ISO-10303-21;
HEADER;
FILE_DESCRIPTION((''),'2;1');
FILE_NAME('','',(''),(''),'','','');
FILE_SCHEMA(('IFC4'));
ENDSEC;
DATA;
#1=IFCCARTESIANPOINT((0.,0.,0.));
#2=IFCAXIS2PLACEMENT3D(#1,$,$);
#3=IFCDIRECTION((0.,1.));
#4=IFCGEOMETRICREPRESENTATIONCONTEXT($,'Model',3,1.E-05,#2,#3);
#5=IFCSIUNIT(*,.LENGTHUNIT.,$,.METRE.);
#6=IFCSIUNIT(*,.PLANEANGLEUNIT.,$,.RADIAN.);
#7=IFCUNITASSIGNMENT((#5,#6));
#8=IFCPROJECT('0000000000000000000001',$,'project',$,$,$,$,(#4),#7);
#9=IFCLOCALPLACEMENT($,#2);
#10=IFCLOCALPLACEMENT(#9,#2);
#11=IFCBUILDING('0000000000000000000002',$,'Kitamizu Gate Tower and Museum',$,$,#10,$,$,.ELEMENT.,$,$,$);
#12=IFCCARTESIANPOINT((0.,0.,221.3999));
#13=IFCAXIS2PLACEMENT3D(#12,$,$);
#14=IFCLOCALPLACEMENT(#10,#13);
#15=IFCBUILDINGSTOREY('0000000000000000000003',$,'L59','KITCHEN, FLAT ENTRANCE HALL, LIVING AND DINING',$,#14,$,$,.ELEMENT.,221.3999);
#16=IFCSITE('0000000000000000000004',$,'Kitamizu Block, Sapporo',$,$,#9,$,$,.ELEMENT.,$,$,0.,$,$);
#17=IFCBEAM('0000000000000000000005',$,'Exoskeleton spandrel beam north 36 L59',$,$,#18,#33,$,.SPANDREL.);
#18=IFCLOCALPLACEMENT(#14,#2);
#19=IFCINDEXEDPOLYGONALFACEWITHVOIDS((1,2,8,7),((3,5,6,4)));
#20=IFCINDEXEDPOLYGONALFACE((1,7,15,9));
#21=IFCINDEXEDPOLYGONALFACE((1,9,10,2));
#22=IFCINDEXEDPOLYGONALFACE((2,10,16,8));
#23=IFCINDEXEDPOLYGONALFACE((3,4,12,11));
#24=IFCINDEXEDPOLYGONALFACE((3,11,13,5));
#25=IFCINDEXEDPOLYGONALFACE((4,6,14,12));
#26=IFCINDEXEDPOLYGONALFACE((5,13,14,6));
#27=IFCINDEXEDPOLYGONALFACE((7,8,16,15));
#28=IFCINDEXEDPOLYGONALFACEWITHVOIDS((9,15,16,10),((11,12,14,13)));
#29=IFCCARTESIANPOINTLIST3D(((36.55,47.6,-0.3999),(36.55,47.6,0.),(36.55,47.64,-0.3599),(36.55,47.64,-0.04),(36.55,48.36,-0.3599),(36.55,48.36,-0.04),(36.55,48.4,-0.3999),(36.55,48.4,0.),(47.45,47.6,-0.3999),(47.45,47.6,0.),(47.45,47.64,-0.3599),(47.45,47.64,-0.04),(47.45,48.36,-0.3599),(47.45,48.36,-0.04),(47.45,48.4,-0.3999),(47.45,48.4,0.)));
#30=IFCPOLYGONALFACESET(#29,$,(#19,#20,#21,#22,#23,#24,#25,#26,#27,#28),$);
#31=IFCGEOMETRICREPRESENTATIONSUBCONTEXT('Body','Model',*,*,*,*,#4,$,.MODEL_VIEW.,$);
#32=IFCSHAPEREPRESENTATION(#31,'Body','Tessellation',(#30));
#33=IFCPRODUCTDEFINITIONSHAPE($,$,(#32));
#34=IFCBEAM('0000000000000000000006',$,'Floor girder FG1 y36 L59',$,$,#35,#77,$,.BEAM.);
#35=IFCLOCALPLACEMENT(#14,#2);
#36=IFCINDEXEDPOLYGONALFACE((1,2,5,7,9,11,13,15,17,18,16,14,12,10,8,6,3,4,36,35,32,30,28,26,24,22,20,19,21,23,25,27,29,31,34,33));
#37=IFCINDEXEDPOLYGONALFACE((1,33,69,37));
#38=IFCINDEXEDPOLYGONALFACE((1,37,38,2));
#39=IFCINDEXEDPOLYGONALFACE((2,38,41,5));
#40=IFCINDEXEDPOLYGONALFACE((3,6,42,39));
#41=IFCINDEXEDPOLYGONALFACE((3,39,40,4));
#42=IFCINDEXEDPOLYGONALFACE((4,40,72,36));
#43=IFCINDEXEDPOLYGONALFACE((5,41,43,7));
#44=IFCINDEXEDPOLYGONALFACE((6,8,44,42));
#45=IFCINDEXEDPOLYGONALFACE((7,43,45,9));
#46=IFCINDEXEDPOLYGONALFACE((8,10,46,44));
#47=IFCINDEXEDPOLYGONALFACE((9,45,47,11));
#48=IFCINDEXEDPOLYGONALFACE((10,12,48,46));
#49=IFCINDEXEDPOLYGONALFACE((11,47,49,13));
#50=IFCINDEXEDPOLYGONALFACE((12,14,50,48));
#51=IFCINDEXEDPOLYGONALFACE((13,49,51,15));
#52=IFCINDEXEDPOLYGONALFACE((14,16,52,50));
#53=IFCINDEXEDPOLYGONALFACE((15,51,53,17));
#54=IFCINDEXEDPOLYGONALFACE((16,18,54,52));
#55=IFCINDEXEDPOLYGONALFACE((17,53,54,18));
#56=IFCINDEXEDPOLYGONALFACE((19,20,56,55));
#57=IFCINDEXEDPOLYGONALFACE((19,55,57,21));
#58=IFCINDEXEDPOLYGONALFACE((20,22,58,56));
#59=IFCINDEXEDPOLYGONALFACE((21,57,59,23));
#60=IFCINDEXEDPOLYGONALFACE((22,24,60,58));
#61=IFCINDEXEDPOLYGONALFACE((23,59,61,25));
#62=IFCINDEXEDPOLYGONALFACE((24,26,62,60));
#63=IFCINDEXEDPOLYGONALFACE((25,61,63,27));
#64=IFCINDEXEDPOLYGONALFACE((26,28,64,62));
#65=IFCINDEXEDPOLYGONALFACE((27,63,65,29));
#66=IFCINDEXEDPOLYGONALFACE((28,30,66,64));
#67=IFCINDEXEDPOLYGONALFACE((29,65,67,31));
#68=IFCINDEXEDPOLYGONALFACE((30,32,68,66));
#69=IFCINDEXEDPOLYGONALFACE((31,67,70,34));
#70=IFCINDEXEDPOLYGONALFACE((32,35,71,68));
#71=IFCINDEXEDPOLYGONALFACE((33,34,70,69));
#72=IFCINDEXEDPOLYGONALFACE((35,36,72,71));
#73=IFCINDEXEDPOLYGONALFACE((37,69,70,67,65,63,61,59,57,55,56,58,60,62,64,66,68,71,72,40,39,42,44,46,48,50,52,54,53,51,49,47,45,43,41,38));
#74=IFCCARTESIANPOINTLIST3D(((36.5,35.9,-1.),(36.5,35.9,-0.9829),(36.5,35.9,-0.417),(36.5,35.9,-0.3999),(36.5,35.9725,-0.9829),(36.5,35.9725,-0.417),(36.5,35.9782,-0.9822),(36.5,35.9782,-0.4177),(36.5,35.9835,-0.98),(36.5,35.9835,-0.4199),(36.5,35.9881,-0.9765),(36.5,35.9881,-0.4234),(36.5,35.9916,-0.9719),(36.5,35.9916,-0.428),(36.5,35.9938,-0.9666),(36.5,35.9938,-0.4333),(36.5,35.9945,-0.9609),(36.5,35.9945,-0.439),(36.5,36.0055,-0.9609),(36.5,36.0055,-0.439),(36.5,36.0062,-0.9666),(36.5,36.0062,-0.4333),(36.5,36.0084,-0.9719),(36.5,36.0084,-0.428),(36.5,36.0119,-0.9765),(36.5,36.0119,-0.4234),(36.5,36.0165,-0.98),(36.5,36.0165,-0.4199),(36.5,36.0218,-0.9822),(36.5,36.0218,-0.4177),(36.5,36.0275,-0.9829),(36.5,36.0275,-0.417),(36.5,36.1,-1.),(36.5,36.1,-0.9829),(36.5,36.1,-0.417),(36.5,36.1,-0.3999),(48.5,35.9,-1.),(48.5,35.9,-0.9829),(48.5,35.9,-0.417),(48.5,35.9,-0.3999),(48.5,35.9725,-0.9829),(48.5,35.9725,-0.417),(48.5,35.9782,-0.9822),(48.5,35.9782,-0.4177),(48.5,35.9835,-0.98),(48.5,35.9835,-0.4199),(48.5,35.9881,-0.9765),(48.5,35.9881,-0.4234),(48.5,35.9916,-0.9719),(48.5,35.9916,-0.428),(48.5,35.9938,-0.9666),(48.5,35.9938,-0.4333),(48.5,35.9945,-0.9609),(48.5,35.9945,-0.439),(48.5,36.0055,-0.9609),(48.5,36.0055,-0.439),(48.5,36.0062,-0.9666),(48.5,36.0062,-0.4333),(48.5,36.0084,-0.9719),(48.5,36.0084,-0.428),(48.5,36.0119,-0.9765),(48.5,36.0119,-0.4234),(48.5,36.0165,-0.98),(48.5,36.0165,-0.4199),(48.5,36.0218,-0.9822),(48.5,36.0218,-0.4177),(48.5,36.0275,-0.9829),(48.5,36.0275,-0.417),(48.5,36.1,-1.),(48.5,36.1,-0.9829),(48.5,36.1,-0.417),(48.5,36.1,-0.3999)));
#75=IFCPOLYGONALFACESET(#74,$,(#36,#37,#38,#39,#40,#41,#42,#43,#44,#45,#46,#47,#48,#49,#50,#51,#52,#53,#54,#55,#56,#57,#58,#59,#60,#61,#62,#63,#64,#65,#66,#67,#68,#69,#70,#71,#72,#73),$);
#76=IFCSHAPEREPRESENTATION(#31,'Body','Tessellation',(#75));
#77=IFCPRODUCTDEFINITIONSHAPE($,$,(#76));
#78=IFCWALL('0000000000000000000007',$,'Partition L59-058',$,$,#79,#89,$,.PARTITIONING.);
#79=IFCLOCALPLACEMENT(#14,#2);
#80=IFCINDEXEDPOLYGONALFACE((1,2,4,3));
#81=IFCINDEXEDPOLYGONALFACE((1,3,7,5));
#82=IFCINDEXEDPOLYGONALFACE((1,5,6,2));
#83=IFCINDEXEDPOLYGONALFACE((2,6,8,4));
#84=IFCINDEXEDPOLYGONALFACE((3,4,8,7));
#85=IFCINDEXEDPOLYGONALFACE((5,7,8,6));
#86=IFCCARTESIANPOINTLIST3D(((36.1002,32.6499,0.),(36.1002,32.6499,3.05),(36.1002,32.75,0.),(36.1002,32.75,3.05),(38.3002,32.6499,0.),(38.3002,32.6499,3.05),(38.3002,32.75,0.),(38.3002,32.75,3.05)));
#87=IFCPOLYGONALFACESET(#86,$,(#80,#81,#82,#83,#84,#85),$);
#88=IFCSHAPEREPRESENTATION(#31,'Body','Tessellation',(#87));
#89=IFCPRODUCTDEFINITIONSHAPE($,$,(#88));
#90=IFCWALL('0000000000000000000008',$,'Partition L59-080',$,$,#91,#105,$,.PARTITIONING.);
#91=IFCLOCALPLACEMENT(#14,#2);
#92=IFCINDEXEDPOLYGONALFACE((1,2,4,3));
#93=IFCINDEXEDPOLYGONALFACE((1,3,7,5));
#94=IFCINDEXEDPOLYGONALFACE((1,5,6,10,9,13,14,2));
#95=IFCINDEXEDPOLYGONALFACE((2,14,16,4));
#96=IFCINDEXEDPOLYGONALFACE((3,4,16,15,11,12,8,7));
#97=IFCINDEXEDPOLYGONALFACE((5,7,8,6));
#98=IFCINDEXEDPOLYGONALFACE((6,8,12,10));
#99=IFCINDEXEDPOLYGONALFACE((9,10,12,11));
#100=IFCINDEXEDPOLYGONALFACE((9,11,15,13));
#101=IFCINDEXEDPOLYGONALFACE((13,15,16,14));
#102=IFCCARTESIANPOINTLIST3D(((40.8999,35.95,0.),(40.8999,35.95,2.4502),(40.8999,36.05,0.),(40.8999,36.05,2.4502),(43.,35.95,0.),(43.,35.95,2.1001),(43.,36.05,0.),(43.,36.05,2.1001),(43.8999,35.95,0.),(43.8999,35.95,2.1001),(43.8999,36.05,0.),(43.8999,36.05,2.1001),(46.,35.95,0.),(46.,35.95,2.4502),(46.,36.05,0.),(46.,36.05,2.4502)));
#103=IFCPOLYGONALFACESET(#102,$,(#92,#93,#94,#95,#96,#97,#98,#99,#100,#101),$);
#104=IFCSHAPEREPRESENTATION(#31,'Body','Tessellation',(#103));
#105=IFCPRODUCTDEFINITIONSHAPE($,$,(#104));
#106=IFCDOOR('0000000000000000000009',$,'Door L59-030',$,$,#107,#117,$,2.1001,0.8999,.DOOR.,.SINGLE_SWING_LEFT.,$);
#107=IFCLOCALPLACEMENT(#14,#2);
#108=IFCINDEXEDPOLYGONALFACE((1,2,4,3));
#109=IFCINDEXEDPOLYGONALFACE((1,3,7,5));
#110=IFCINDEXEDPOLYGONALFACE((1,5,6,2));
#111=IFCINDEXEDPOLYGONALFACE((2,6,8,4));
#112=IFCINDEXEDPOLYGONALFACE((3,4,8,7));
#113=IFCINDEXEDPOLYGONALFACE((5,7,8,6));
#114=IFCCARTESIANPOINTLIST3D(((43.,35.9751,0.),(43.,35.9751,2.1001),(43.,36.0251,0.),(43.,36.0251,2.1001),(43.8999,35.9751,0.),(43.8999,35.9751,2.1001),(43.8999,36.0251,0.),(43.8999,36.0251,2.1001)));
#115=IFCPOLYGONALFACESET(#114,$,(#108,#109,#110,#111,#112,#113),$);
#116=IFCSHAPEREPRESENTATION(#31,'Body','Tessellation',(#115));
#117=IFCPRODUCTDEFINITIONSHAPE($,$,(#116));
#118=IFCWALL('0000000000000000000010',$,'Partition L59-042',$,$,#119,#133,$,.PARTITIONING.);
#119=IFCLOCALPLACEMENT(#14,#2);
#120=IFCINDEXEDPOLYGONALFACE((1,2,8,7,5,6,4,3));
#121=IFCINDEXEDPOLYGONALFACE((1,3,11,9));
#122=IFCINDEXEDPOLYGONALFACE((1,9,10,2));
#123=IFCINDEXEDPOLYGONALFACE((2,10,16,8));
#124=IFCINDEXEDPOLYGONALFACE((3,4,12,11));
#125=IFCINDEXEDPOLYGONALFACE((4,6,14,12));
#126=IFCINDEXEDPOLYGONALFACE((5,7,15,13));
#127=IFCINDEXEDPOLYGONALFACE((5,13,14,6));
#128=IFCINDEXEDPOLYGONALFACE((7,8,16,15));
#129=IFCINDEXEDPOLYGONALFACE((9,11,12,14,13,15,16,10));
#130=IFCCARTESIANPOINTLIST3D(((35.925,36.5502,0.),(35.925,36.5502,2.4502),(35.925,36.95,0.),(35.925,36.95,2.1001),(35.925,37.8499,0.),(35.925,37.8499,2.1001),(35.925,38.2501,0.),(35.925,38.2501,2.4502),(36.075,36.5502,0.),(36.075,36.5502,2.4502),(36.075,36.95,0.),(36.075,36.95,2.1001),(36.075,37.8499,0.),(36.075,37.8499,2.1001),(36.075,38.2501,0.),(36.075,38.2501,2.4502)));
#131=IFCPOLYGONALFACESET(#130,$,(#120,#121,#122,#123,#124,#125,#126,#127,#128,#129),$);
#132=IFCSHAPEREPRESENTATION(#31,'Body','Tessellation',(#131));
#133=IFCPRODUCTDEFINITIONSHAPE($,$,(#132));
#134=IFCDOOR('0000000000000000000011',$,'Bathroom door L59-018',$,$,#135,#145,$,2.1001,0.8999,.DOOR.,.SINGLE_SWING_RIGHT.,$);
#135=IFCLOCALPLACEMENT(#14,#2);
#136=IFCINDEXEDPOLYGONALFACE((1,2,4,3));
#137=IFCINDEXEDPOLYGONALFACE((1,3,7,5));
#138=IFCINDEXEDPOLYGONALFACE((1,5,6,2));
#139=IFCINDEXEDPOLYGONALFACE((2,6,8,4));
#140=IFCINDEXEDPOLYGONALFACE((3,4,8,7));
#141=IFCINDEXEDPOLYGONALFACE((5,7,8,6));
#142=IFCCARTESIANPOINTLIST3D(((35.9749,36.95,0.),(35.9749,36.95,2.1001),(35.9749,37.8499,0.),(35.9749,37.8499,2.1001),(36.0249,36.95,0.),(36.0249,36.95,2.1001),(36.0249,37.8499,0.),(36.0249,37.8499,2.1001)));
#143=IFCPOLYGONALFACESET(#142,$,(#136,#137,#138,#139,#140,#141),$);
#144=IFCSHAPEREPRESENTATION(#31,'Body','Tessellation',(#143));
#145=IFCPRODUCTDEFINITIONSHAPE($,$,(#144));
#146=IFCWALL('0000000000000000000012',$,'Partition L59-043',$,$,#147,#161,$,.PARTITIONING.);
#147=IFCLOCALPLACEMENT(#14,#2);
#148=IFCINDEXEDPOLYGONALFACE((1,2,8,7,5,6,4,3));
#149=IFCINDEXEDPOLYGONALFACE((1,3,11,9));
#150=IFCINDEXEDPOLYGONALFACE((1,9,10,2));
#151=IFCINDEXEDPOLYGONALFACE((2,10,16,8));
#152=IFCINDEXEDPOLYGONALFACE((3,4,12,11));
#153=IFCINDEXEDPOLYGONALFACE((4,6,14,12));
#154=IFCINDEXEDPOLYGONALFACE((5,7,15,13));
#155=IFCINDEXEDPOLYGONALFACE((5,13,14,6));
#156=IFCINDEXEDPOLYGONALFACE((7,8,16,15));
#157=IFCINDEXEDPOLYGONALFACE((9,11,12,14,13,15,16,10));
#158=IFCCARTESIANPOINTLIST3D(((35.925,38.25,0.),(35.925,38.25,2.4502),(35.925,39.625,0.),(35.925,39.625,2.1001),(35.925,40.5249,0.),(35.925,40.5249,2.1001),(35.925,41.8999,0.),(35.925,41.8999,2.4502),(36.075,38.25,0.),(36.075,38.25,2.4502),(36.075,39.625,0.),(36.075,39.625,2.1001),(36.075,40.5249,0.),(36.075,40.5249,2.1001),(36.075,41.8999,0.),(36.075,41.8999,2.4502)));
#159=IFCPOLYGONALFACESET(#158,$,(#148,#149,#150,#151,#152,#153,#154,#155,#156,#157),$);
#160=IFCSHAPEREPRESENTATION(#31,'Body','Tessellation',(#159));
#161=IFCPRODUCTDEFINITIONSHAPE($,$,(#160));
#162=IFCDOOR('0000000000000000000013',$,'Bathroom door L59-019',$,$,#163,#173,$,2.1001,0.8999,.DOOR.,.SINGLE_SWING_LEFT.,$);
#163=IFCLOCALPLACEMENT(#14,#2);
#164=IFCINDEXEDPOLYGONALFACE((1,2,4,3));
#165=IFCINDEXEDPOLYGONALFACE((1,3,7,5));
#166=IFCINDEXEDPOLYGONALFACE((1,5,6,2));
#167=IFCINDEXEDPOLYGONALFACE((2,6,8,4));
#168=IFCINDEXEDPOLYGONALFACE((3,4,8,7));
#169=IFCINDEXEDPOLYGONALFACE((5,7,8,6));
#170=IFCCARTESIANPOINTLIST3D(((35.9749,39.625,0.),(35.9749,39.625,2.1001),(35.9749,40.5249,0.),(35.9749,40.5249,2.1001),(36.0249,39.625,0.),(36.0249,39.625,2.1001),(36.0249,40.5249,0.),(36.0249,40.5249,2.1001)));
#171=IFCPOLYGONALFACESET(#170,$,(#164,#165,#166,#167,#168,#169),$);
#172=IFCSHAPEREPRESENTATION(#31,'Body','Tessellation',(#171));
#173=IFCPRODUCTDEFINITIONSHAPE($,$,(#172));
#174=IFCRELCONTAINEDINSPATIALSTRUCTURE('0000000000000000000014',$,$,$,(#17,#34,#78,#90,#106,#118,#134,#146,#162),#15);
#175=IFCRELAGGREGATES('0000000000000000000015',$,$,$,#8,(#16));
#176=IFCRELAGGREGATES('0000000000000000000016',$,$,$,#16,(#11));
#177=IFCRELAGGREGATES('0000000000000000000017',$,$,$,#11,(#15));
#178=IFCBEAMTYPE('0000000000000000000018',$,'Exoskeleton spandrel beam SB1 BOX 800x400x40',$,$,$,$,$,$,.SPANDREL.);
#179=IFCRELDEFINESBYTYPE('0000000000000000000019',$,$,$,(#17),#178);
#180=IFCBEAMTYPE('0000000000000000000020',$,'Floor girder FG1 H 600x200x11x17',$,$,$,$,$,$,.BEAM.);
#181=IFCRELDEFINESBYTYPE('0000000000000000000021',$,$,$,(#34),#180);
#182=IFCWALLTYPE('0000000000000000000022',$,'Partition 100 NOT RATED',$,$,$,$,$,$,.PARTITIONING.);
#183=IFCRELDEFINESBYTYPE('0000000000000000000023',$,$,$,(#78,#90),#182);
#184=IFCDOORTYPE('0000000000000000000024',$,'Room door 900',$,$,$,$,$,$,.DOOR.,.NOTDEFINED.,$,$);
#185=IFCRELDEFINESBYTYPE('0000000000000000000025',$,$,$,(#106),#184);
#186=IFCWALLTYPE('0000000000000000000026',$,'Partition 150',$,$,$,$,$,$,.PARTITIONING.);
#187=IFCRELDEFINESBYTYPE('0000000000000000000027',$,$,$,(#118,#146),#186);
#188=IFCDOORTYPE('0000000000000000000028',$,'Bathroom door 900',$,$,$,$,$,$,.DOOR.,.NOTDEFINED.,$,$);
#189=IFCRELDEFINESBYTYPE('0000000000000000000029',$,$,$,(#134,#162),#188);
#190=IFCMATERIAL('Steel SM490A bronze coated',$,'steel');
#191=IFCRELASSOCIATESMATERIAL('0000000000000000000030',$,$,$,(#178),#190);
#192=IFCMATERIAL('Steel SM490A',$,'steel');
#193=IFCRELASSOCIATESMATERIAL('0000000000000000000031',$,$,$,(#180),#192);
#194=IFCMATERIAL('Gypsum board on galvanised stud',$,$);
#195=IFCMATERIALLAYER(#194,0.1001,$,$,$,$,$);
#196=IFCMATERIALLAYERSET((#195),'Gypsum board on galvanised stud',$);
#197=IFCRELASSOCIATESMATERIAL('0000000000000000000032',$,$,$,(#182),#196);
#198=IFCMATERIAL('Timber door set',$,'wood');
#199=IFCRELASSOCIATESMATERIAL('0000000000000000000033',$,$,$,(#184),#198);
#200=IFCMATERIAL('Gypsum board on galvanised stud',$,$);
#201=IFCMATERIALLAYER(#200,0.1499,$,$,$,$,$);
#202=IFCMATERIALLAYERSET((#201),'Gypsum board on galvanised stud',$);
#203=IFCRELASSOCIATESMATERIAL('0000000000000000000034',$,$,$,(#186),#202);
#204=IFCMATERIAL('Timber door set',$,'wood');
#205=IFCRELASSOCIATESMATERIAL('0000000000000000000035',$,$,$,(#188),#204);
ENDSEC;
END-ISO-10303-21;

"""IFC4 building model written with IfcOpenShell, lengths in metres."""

from ifc_helpers import new_model, si_unit, direction, frame, frame_2d, origin, origin_2d, place, context, subcontext, project, spatial, rectangle, hollow_rectangle, i_section, extrude, material, layer, layer_set, material_profile, profile_set, type_object, element, fill, save


model = new_model("IFC4")

# Units and contexts
model_context = context("Model", 3, precision=1e-05, world=origin(), true_north=direction((0.0, 1.0)))
body_context = subcontext(model_context, "Body", "Model", "MODEL_VIEW")
ifc_project = project(units=[si_unit("LENGTHUNIT", "METRE"), si_unit("PLANEANGLEUNIT", "RADIAN")], contexts=[model_context])

# Site, building, storey
site_placement = place(None, origin())
site = spatial("IfcSite", under=ifc_project, at=site_placement, Name="Kitamizu Block, Sapporo", CompositionType="ELEMENT", RefElevation=0.0)
building_placement = place(site_placement, origin())
building = spatial("IfcBuilding", under=site, at=building_placement, Name="Kitamizu Gate Tower and Museum", CompositionType="ELEMENT")
storey_placement = place(building_placement, frame((0.0, 0.0, 221.3999)))
storey = spatial("IfcBuildingStorey", under=building, at=storey_placement, Name="L59", Description="KITCHEN, FLAT ENTRANCE HALL, LIVING AND DINING", CompositionType="ELEMENT", Elevation=221.3999)

# Beams
ifc_material_1 = material(Name="Steel SM490A bronze coated", Category="steel")
ifc_material_profile_1 = material_profile(ifc_material_1, hollow_rectangle(XDim=0.8, YDim=0.3999, WallThickness=0.04, at=origin_2d()), Name="BOX 800x400x40")
ifc_profile_set_1 = profile_set([ifc_material_profile_1], Name="Steel SM490A bronze coated")
beam_type_1 = type_object("IfcBeamType", Name="Exoskeleton spandrel beam SB1 BOX 800x400x40", PredefinedType="SPANDREL", material=ifc_profile_set_1)
beam_1_placement = place(storey_placement, frame((36.55, 48.0, -0.2), z_axis=(1.0, 0.0, 0.0), x_axis=(0.0, 1.0, 0.0)))
element("IfcBeam", 1, at=beam_1_placement, inside=storey, type_object=beam_type_1, Name="Exoskeleton spandrel beam north 36 L59", PredefinedType="SPANDREL", context=body_context, shape_type="SweptSolid", body=[
    extrude(hollow_rectangle(XDim=0.8, YDim=0.3999, WallThickness=0.04, at=origin_2d()), origin(), (0.0, 0.0, 1.0), 10.8999),
])
ifc_material_2 = material(Name="Steel SM490A", Category="steel")
ifc_material_profile_2 = material_profile(ifc_material_2, i_section(OverallWidth=0.2, OverallDepth=0.6001, WebThickness=0.011, FlangeThickness=0.0171, FilletRadius=0.022, at=origin_2d()), Name="H-600x200x11x17")
ifc_profile_set_2 = profile_set([ifc_material_profile_2], Name="Steel SM490A")
beam_type_2 = type_object("IfcBeamType", Name="Floor girder FG1 H 600x200x11x17", PredefinedType="BEAM", material=ifc_profile_set_2)
beam_2_placement = place(storey_placement, frame((36.5, 36.0, -0.7), z_axis=(1.0, 0.0, 0.0), x_axis=(0.0, 1.0, 0.0)))
element("IfcBeam", 2, at=beam_2_placement, inside=storey, type_object=beam_type_2, Name="Floor girder FG1 y36 L59", PredefinedType="BEAM", context=body_context, shape_type="SweptSolid", body=[
    extrude(i_section(OverallWidth=0.2, OverallDepth=0.6001, WebThickness=0.011, FlangeThickness=0.0171, FilletRadius=0.022, at=origin_2d()), origin(), (0.0, 0.0, 1.0), 12.0),
])

# Wall
ifc_material_3 = material(Name="Gypsum board on galvanised stud")
ifc_layer_1 = layer(ifc_material_3, 0.1001)
ifc_layer_set_1 = layer_set([ifc_layer_1], Name="Gypsum board on galvanised stud")
wall_type_1 = type_object("IfcWallType", Name="Partition 100 NOT RATED", PredefinedType="PARTITIONING", material=ifc_layer_set_1)
wall_1_placement = place(storey_placement, frame((36.1001, 32.7, 0.0), z_axis=(0.0, 0.0, 1.0), x_axis=(1.0, 0.0, 0.0)))
element("IfcWall", 3, at=wall_1_placement, inside=storey, type_object=wall_type_1, Name="Partition L59-058", PredefinedType="PARTITIONING", context=body_context, shape_type="SweptSolid", body=[
    extrude(rectangle(XDim=2.2, YDim=0.1001, at=frame_2d((1.1001, 0.0))), origin(), (0.0, 0.0, 1.0), 3.05),
])

# Walls, openings, doors
wall_2_placement = place(storey_placement, frame((40.8999, 36.0, 0.0), z_axis=(0.0, 0.0, 1.0), x_axis=(1.0, 0.0, 0.0)))
wall_2 = element("IfcWall", 4, at=wall_2_placement, inside=storey, type_object=wall_type_1, Name="Partition L59-080", PredefinedType="PARTITIONING", context=body_context, shape_type="SweptSolid", body=[
    extrude(rectangle(XDim=5.1001, YDim=0.1001, at=frame_2d((2.55, 0.0))), origin(), (0.0, 0.0, 1.0), 2.4502),
])
opening_1_placement = place(wall_2_placement, frame((2.1001, 0.0, 0.0)))
opening_1 = element("IfcOpeningElement", 5, at=opening_1_placement, cuts=wall_2, PredefinedType="OPENING", context=body_context, shape_type="SweptSolid", body=[
    extrude(rectangle(XDim=0.8999, YDim=2.1001, at=frame_2d((0.45, 1.05))), frame((0.0, 0.0601, 0.0), z_axis=(0.0, -1.0, 0.0), x_axis=(1.0, 0.0, 0.0)), (0.0, 0.0, 1.0), 0.1201),
])
ifc_material_4 = material(Name="Timber door set", Category="wood")
door_type_1 = type_object("IfcDoorType", Name="Room door 900", OperationType="NOTDEFINED", PredefinedType="DOOR", material=ifc_material_4)
door_1_placement = place(opening_1_placement, frame((0.8999, 0.0, 0.0), x_axis=(-1.0, 0.0, 0.0)))
door_1 = element("IfcDoor", 6, at=door_1_placement, inside=storey, type_object=door_type_1, Name="Door L59-030", OperationType="SINGLE_SWING_LEFT", OverallHeight=2.1001, OverallWidth=0.8999, PredefinedType="DOOR", context=body_context, shape_type="SweptSolid", body=[
    extrude(rectangle(XDim=0.8999, YDim=2.1001, at=frame_2d((0.45, 1.05))), frame((0.0, 0.0249, 0.0), z_axis=(0.0, -1.0, 0.0), x_axis=(1.0, 0.0, 0.0)), (0.0, 0.0, 1.0), 0.05),
])
fill(opening_1, door_1)
ifc_material_5 = material(Name="Gypsum board on galvanised stud")
ifc_layer_2 = layer(ifc_material_5, 0.1499)
ifc_layer_set_2 = layer_set([ifc_layer_2], Name="Gypsum board on galvanised stud")
wall_type_2 = type_object("IfcWallType", Name="Partition 150", PredefinedType="PARTITIONING", material=ifc_layer_set_2)
wall_3_placement = place(storey_placement, frame((36.0, 36.55, 0.0), z_axis=(0.0, 0.0, 1.0), x_axis=(0.0, 1.0, 0.0)))
wall_3 = element("IfcWall", 7, at=wall_3_placement, inside=storey, type_object=wall_type_2, Name="Partition L59-042", PredefinedType="PARTITIONING", context=body_context, shape_type="SweptSolid", body=[
    extrude(rectangle(XDim=1.7, YDim=0.1499, at=frame_2d((0.8501, 0.0))), origin(), (0.0, 0.0, 1.0), 2.4502),
])
opening_2_placement = place(wall_3_placement, frame((0.3999, 0.0, 0.0)))
opening_2 = element("IfcOpeningElement", 8, at=opening_2_placement, cuts=wall_3, PredefinedType="OPENING", context=body_context, shape_type="SweptSolid", body=[
    extrude(rectangle(XDim=0.8999, YDim=2.1001, at=frame_2d((0.45, 1.05))), frame((0.0, 0.085, 0.0), z_axis=(0.0, -1.0, 0.0), x_axis=(1.0, 0.0, 0.0)), (0.0, 0.0, 1.0), 0.1699),
])
ifc_material_6 = material(Name="Timber door set", Category="wood")
door_type_2 = type_object("IfcDoorType", Name="Bathroom door 900", OperationType="NOTDEFINED", PredefinedType="DOOR", material=ifc_material_6)
door_2_placement = place(opening_2_placement, frame((0.8999, 0.0, 0.0), x_axis=(-1.0, 0.0, 0.0)))
door_2 = element("IfcDoor", 9, at=door_2_placement, inside=storey, type_object=door_type_2, Name="Bathroom door L59-018", OperationType="SINGLE_SWING_RIGHT", OverallHeight=2.1001, OverallWidth=0.8999, PredefinedType="DOOR", context=body_context, shape_type="SweptSolid", body=[
    extrude(rectangle(XDim=0.8999, YDim=2.1001, at=frame_2d((0.45, 1.05))), frame((0.0, 0.0249, 0.0), z_axis=(0.0, -1.0, 0.0), x_axis=(1.0, 0.0, 0.0)), (0.0, 0.0, 1.0), 0.05),
])
fill(opening_2, door_2)
wall_4_placement = place(storey_placement, frame((36.0, 38.25, 0.0), z_axis=(0.0, 0.0, 1.0), x_axis=(0.0, 1.0, 0.0)))
wall_4 = element("IfcWall", 10, at=wall_4_placement, inside=storey, type_object=wall_type_2, Name="Partition L59-043", PredefinedType="PARTITIONING", context=body_context, shape_type="SweptSolid", body=[
    extrude(rectangle(XDim=3.6499, YDim=0.1499, at=frame_2d((1.825, 0.0))), origin(), (0.0, 0.0, 1.0), 2.4502),
])
opening_3_placement = place(wall_4_placement, frame((1.375, 0.0, 0.0)))
opening_3 = element("IfcOpeningElement", 11, at=opening_3_placement, cuts=wall_4, PredefinedType="OPENING", context=body_context, shape_type="SweptSolid", body=[
    extrude(rectangle(XDim=0.8999, YDim=2.1001, at=frame_2d((0.45, 1.05))), frame((0.0, 0.085, 0.0), z_axis=(0.0, -1.0, 0.0), x_axis=(1.0, 0.0, 0.0)), (0.0, 0.0, 1.0), 0.1699),
])
door_3_placement = place(opening_3_placement, frame((0.8999, 0.0, 0.0), x_axis=(-1.0, 0.0, 0.0)))
door_3 = element("IfcDoor", 12, at=door_3_placement, inside=storey, type_object=door_type_2, Name="Bathroom door L59-019", OperationType="SINGLE_SWING_LEFT", OverallHeight=2.1001, OverallWidth=0.8999, PredefinedType="DOOR", context=body_context, shape_type="SweptSolid", body=[
    extrude(rectangle(XDim=0.8999, YDim=2.1001, at=frame_2d((0.45, 1.05))), frame((0.0, 0.0249, 0.0), z_axis=(0.0, -1.0, 0.0), x_axis=(1.0, 0.0, 0.0)), (0.0, 0.0, 1.0), 0.05),
])
fill(opening_3, door_3)

save(model, "model.ifc")
